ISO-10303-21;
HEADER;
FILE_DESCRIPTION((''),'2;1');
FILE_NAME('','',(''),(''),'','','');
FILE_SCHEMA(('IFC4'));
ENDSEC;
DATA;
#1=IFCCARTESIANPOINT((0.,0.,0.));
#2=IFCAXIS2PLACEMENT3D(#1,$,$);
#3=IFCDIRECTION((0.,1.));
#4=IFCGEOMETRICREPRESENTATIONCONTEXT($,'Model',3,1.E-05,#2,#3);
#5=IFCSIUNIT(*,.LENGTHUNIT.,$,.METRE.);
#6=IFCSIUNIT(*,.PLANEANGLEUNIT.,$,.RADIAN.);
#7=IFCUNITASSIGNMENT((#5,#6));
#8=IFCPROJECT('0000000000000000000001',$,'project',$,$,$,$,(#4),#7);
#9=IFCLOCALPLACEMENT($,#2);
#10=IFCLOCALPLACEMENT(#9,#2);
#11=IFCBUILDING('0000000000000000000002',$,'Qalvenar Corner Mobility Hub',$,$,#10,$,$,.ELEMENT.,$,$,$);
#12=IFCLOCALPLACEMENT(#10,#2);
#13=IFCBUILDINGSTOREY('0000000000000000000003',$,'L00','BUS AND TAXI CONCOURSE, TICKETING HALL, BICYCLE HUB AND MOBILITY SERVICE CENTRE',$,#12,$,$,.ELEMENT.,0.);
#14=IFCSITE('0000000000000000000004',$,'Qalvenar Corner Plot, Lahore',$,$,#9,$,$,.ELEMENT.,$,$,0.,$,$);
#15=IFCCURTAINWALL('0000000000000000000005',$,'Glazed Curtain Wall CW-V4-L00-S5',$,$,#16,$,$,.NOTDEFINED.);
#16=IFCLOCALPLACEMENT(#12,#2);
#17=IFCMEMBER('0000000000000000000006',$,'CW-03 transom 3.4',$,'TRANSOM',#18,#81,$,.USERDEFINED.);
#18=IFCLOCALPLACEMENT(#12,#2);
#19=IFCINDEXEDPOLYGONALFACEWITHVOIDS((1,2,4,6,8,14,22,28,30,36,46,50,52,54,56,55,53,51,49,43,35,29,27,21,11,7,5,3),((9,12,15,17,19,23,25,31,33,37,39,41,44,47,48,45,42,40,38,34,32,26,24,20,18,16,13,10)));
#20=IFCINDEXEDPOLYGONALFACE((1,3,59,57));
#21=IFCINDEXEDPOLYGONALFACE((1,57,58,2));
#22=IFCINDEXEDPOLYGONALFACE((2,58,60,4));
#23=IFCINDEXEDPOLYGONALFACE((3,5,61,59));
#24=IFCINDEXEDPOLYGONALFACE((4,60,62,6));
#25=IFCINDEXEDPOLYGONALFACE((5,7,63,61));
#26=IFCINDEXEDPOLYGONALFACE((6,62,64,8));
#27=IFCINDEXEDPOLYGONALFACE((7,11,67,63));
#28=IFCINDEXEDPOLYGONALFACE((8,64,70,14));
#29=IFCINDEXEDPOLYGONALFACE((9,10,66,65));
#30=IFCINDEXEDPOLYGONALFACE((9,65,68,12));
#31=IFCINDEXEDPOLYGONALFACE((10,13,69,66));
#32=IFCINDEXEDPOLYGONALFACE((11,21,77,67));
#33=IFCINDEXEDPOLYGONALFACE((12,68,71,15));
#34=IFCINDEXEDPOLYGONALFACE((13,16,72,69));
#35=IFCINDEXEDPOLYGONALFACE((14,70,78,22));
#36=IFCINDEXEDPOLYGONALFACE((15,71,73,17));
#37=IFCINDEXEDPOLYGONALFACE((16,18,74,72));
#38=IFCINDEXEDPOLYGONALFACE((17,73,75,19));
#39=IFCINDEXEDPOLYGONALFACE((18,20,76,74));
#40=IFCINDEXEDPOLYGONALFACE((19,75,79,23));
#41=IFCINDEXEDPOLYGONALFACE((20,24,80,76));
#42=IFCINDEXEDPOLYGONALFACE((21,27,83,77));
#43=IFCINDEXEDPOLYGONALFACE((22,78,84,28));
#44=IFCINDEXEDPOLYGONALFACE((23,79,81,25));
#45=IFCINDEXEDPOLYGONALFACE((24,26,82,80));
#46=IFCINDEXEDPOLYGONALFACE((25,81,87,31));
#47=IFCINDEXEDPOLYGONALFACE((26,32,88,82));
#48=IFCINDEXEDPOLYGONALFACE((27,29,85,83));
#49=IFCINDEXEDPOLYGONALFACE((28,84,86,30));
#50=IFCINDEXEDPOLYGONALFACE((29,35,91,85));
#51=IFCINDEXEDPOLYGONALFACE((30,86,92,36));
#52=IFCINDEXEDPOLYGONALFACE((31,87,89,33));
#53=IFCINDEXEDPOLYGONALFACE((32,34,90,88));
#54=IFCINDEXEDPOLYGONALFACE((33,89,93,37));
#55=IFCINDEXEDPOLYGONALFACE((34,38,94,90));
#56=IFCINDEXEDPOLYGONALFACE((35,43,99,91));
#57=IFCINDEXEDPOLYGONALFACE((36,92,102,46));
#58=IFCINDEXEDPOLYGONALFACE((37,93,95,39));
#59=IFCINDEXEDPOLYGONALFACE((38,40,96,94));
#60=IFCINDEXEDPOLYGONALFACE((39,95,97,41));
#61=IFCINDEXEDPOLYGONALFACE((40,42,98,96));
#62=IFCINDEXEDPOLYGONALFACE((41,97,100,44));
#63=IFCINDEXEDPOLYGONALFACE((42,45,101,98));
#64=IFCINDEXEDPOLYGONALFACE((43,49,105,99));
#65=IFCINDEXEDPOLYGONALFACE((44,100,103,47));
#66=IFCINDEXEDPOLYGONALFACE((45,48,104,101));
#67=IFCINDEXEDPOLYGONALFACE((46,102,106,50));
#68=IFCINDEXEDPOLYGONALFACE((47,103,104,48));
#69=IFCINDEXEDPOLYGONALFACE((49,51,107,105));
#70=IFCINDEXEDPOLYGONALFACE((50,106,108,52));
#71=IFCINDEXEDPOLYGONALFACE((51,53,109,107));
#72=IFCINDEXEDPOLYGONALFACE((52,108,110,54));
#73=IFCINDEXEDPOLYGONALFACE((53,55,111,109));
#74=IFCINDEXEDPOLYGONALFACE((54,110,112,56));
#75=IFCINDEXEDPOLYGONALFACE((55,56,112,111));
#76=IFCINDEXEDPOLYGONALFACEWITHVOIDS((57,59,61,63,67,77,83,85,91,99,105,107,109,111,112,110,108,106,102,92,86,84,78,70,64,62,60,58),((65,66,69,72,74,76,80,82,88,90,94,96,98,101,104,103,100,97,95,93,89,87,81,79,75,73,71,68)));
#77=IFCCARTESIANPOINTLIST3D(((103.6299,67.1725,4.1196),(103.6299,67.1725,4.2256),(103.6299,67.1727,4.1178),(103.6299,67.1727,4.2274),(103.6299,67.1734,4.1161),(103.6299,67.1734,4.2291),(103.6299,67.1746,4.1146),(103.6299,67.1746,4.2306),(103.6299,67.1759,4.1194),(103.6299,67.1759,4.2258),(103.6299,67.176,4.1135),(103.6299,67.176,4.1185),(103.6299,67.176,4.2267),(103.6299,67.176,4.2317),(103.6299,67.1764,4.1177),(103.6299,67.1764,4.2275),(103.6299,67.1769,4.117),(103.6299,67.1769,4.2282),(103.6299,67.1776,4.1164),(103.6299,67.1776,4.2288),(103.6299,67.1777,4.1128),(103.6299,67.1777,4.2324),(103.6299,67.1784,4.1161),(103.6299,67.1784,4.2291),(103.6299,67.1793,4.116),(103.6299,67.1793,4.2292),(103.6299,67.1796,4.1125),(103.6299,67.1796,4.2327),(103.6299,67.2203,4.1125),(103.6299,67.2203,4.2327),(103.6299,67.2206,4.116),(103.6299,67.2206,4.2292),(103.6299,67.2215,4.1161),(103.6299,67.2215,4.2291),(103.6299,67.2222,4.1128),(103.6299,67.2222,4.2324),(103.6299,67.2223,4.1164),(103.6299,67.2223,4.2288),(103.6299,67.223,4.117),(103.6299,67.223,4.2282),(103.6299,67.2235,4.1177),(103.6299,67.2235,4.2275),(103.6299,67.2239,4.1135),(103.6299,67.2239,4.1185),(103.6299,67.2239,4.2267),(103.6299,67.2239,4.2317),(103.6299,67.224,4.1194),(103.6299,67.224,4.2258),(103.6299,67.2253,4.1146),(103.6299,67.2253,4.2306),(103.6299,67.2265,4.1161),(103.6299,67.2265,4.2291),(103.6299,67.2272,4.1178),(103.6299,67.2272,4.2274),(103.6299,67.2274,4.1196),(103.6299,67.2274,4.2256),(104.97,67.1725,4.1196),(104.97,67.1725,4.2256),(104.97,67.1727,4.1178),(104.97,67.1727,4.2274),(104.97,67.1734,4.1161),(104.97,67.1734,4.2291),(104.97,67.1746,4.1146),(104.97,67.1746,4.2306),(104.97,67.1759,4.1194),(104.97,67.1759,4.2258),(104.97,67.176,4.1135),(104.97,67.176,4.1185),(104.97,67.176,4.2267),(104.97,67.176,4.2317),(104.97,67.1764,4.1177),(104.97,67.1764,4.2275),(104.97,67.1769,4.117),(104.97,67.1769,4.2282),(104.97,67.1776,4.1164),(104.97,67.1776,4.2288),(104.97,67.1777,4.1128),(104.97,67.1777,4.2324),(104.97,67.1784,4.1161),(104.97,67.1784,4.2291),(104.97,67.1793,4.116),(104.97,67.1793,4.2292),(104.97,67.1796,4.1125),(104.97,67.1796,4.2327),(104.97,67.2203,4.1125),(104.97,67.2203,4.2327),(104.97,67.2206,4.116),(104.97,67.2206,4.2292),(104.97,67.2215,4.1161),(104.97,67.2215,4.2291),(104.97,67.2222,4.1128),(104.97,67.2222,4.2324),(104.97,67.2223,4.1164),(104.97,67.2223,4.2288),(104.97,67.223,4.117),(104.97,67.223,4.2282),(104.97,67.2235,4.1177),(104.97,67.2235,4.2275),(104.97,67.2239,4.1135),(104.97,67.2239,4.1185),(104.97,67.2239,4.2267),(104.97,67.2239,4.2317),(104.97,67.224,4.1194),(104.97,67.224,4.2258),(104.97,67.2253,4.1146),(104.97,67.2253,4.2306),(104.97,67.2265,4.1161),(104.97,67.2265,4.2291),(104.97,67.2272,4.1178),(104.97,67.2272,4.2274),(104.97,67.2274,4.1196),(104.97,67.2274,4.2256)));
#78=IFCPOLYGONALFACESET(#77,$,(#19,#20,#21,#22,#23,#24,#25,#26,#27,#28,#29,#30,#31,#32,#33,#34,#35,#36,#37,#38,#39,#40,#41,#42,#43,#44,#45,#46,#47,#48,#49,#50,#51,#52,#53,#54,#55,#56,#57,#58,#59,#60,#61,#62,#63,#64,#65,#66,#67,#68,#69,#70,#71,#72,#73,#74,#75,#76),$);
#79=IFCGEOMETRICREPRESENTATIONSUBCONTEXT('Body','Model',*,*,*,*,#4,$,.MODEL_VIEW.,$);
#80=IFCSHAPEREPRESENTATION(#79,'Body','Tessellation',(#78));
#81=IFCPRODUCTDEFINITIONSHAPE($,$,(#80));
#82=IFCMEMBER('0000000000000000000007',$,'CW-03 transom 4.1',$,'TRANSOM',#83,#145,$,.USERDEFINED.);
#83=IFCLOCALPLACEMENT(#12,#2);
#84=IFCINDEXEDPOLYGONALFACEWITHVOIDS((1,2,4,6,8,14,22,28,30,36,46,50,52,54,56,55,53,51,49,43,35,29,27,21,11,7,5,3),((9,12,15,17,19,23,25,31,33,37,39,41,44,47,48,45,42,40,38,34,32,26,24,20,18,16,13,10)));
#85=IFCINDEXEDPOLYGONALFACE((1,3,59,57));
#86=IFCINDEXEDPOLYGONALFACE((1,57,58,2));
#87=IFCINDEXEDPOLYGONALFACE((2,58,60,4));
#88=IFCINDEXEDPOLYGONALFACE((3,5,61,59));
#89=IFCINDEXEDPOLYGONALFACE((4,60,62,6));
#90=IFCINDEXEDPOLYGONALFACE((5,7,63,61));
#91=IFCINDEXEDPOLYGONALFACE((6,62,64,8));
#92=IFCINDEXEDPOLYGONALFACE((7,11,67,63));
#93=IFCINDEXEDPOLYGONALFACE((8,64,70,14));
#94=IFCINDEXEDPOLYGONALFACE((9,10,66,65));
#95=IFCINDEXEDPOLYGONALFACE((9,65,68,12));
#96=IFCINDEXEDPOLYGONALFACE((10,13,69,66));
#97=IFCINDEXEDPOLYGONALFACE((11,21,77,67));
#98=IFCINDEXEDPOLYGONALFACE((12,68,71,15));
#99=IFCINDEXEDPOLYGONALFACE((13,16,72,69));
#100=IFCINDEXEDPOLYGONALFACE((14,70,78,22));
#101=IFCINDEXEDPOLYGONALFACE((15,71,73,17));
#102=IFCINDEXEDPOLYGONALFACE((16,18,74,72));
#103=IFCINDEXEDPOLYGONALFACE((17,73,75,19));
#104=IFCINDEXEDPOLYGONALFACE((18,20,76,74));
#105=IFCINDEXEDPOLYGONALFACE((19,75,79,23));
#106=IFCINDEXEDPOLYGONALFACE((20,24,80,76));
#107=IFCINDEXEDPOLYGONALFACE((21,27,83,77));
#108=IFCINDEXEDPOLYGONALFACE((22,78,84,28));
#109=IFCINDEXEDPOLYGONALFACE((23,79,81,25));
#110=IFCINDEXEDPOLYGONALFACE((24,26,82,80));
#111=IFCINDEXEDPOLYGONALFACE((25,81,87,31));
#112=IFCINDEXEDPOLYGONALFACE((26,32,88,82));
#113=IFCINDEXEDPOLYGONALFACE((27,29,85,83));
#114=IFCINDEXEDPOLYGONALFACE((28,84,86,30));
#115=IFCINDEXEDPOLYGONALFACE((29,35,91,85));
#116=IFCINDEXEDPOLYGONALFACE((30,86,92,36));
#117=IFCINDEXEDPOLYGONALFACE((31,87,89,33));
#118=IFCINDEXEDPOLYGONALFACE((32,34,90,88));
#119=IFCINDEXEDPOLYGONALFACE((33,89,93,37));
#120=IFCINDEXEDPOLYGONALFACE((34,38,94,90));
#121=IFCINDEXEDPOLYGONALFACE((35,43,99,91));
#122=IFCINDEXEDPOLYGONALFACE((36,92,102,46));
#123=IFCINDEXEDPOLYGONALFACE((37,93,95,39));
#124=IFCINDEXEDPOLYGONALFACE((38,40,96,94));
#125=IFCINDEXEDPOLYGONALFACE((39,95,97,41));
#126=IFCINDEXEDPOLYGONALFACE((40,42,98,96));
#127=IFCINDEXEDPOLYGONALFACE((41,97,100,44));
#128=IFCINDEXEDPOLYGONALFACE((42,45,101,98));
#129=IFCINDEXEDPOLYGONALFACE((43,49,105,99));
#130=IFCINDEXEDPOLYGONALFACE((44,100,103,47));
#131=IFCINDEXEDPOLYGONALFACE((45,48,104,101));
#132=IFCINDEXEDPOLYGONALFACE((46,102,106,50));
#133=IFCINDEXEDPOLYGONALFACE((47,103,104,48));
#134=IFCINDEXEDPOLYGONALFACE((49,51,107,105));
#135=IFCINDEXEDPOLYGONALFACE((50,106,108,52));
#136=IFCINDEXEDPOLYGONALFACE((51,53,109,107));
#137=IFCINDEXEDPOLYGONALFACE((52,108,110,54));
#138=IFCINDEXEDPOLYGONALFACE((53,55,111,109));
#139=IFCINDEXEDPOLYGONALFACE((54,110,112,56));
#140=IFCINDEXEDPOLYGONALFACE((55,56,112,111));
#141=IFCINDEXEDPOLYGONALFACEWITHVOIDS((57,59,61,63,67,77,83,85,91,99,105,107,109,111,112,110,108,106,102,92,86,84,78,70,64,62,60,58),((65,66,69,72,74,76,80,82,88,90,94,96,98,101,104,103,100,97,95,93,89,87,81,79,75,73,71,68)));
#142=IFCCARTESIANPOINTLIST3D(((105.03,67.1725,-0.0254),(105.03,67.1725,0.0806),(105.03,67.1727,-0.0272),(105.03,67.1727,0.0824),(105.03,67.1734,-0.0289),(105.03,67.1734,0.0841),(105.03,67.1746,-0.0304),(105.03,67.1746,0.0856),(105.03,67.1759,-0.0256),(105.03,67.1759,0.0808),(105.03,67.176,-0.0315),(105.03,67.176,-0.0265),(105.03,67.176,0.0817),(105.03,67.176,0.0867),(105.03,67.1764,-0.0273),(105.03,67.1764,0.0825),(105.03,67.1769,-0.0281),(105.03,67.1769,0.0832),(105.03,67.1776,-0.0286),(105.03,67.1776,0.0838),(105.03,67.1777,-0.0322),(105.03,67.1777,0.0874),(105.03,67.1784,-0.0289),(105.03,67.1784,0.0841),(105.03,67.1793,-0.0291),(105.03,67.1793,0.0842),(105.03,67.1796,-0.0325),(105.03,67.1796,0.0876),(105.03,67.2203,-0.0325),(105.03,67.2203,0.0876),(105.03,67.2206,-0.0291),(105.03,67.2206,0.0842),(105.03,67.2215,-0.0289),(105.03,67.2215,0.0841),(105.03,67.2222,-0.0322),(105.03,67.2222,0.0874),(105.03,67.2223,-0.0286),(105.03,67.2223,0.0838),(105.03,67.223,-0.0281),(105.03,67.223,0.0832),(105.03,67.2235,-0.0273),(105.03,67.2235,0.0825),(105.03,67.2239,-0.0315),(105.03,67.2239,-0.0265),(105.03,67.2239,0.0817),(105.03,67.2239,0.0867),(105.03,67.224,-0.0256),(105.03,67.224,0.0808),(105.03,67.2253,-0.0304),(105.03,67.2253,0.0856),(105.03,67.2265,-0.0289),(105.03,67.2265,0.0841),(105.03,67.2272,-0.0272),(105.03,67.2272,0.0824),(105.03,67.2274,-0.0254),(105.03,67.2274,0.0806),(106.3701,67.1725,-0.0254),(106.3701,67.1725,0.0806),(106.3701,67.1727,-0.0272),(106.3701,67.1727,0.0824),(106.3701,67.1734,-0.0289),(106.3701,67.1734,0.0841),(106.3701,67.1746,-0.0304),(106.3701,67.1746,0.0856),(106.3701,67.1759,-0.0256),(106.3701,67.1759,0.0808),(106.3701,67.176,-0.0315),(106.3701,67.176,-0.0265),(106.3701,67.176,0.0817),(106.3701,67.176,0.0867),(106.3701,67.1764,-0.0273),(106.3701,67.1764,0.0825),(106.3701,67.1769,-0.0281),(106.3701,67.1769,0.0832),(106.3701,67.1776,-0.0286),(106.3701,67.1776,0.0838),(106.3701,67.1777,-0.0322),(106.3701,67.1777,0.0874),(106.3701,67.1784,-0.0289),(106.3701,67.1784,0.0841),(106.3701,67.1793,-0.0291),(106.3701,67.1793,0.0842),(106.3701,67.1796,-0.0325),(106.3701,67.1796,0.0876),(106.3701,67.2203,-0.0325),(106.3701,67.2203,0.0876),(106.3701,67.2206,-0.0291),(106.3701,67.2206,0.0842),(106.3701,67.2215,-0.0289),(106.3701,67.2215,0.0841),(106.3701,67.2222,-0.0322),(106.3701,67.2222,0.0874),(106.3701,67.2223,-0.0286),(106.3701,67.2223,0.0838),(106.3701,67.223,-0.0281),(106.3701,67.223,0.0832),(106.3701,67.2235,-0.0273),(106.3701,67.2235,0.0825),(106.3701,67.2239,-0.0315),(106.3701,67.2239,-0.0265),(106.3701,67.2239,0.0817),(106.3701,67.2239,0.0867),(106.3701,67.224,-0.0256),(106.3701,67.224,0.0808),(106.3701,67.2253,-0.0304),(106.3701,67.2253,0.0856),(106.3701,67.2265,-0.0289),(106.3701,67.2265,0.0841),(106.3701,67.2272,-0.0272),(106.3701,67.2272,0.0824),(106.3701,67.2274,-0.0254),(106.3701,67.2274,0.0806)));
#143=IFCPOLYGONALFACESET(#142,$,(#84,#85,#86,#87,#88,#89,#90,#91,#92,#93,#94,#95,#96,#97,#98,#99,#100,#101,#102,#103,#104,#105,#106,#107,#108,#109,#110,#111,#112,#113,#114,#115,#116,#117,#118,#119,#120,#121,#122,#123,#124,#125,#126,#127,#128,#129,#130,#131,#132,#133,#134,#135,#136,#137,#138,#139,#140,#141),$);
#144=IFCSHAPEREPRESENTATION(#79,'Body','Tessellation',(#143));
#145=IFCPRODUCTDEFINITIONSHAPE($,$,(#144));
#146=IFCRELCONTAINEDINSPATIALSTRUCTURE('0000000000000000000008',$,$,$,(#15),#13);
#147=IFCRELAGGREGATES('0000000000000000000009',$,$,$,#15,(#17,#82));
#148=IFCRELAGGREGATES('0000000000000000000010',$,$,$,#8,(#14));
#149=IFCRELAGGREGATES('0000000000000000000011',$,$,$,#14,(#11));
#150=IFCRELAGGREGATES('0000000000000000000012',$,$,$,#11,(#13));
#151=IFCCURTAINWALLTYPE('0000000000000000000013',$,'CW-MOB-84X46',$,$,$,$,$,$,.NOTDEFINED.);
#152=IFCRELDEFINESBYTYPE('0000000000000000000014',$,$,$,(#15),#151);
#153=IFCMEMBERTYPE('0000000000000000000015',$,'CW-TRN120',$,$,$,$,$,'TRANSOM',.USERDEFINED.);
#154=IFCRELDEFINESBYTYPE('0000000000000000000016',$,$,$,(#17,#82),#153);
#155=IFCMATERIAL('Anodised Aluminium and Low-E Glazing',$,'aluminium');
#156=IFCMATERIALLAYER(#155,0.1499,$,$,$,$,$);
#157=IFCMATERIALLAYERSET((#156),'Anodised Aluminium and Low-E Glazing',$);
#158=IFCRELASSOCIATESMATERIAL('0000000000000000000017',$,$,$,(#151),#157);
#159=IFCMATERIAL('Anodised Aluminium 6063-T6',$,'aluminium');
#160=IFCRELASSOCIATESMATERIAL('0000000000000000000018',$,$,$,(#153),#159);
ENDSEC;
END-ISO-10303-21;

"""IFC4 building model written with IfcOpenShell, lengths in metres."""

from ifc_helpers import new_model, si_unit, direction, frame, origin, origin_2d, place, context, subcontext, project, spatial, hollow_rectangle, extrude, material, layer, layer_set, material_profile, profile_set, type_object, element, aggregate, save


model = new_model("IFC4")

# Units and contexts
model_context = context("Model", 3, precision=1e-05, world=origin(), true_north=direction((0.0, 1.0)))
body_context = subcontext(model_context, "Body", "Model", "MODEL_VIEW")
ifc_project = project(units=[si_unit("LENGTHUNIT", "METRE"), si_unit("PLANEANGLEUNIT", "RADIAN")], contexts=[model_context])

# Site, building, storey
site_placement = place(None, origin())
site = spatial("IfcSite", under=ifc_project, at=site_placement, Name="Qalvenar Corner Plot, Lahore", CompositionType="ELEMENT", RefElevation=0.0)
building_placement = place(site_placement, origin())
building = spatial("IfcBuilding", under=site, at=building_placement, Name="Qalvenar Corner Mobility Hub", CompositionType="ELEMENT")
storey_placement = place(building_placement, origin())
storey = spatial("IfcBuildingStorey", under=building, at=storey_placement, Name="L00", Description="BUS AND TAXI CONCOURSE, TICKETING HALL, BICYCLE HUB AND MOBILITY SERVICE CENTRE", CompositionType="ELEMENT", Elevation=0.0)

# Curtain wall, members
ifc_material_1 = material(Name="Anodised Aluminium and Low-E Glazing", Category="aluminium")
ifc_layer_1 = layer(ifc_material_1, 0.1499)
ifc_layer_set_1 = layer_set([ifc_layer_1], Name="Anodised Aluminium and Low-E Glazing")
curtain_wall_type = type_object("IfcCurtainWallType", Name="CW-MOB-84X46", PredefinedType="NOTDEFINED", material=ifc_layer_set_1)
curtain_wall_placement = place(storey_placement, origin())
curtain_wall = element("IfcCurtainWall", 1, at=curtain_wall_placement, inside=storey, type_object=curtain_wall_type, Name="Glazed Curtain Wall CW-V4-L00-S5", PredefinedType="NOTDEFINED")
ifc_material_2 = material(Name="Anodised Aluminium 6063-T6", Category="aluminium")
ifc_material_profile_1 = material_profile(ifc_material_2, hollow_rectangle(XDim=0.0549, YDim=0.1201, WallThickness=0.0034, InnerFilletRadius=0.0034, OuterFilletRadius=0.0071, at=origin_2d()), Name="RHS120x55x3.5")
ifc_profile_set_1 = profile_set([ifc_material_profile_1], Name="Anodised Aluminium 6063-T6")
member_type_1 = type_object("IfcMemberType", Name="CW-TRN120", ElementType="TRANSOM", PredefinedType="USERDEFINED", material=ifc_profile_set_1)
member_1_placement = place(storey_placement, frame((103.6299, 67.2, 4.1726), z_axis=(1.0, 0.0, 0.0), x_axis=(0.0, 1.0, 0.0)))
member_1 = element("IfcMember", 2, at=member_1_placement, type_object=member_type_1, Name="CW-03 transom 3.4", ObjectType="TRANSOM", PredefinedType="USERDEFINED", context=body_context, shape_type="SweptSolid", body=[
    extrude(hollow_rectangle(XDim=0.0549, YDim=0.1201, WallThickness=0.0034, InnerFilletRadius=0.0034, OuterFilletRadius=0.0071, at=origin_2d()), origin(), (0.0, 0.0, 1.0), 1.3401),
])
member_2_placement = place(storey_placement, frame((105.03, 67.2, 0.0276), z_axis=(1.0, 0.0, 0.0), x_axis=(0.0, 1.0, 0.0)))
member_2 = element("IfcMember", 3, at=member_2_placement, type_object=member_type_1, Name="CW-03 transom 4.1", ObjectType="TRANSOM", PredefinedType="USERDEFINED", context=body_context, shape_type="SweptSolid", body=[
    extrude(hollow_rectangle(XDim=0.0549, YDim=0.1201, WallThickness=0.0034, InnerFilletRadius=0.0034, OuterFilletRadius=0.0071, at=origin_2d()), origin(), (0.0, 0.0, 1.0), 1.3401),
])
aggregate(curtain_wall, [member_1, member_2])

save(model, "model.ifc")
